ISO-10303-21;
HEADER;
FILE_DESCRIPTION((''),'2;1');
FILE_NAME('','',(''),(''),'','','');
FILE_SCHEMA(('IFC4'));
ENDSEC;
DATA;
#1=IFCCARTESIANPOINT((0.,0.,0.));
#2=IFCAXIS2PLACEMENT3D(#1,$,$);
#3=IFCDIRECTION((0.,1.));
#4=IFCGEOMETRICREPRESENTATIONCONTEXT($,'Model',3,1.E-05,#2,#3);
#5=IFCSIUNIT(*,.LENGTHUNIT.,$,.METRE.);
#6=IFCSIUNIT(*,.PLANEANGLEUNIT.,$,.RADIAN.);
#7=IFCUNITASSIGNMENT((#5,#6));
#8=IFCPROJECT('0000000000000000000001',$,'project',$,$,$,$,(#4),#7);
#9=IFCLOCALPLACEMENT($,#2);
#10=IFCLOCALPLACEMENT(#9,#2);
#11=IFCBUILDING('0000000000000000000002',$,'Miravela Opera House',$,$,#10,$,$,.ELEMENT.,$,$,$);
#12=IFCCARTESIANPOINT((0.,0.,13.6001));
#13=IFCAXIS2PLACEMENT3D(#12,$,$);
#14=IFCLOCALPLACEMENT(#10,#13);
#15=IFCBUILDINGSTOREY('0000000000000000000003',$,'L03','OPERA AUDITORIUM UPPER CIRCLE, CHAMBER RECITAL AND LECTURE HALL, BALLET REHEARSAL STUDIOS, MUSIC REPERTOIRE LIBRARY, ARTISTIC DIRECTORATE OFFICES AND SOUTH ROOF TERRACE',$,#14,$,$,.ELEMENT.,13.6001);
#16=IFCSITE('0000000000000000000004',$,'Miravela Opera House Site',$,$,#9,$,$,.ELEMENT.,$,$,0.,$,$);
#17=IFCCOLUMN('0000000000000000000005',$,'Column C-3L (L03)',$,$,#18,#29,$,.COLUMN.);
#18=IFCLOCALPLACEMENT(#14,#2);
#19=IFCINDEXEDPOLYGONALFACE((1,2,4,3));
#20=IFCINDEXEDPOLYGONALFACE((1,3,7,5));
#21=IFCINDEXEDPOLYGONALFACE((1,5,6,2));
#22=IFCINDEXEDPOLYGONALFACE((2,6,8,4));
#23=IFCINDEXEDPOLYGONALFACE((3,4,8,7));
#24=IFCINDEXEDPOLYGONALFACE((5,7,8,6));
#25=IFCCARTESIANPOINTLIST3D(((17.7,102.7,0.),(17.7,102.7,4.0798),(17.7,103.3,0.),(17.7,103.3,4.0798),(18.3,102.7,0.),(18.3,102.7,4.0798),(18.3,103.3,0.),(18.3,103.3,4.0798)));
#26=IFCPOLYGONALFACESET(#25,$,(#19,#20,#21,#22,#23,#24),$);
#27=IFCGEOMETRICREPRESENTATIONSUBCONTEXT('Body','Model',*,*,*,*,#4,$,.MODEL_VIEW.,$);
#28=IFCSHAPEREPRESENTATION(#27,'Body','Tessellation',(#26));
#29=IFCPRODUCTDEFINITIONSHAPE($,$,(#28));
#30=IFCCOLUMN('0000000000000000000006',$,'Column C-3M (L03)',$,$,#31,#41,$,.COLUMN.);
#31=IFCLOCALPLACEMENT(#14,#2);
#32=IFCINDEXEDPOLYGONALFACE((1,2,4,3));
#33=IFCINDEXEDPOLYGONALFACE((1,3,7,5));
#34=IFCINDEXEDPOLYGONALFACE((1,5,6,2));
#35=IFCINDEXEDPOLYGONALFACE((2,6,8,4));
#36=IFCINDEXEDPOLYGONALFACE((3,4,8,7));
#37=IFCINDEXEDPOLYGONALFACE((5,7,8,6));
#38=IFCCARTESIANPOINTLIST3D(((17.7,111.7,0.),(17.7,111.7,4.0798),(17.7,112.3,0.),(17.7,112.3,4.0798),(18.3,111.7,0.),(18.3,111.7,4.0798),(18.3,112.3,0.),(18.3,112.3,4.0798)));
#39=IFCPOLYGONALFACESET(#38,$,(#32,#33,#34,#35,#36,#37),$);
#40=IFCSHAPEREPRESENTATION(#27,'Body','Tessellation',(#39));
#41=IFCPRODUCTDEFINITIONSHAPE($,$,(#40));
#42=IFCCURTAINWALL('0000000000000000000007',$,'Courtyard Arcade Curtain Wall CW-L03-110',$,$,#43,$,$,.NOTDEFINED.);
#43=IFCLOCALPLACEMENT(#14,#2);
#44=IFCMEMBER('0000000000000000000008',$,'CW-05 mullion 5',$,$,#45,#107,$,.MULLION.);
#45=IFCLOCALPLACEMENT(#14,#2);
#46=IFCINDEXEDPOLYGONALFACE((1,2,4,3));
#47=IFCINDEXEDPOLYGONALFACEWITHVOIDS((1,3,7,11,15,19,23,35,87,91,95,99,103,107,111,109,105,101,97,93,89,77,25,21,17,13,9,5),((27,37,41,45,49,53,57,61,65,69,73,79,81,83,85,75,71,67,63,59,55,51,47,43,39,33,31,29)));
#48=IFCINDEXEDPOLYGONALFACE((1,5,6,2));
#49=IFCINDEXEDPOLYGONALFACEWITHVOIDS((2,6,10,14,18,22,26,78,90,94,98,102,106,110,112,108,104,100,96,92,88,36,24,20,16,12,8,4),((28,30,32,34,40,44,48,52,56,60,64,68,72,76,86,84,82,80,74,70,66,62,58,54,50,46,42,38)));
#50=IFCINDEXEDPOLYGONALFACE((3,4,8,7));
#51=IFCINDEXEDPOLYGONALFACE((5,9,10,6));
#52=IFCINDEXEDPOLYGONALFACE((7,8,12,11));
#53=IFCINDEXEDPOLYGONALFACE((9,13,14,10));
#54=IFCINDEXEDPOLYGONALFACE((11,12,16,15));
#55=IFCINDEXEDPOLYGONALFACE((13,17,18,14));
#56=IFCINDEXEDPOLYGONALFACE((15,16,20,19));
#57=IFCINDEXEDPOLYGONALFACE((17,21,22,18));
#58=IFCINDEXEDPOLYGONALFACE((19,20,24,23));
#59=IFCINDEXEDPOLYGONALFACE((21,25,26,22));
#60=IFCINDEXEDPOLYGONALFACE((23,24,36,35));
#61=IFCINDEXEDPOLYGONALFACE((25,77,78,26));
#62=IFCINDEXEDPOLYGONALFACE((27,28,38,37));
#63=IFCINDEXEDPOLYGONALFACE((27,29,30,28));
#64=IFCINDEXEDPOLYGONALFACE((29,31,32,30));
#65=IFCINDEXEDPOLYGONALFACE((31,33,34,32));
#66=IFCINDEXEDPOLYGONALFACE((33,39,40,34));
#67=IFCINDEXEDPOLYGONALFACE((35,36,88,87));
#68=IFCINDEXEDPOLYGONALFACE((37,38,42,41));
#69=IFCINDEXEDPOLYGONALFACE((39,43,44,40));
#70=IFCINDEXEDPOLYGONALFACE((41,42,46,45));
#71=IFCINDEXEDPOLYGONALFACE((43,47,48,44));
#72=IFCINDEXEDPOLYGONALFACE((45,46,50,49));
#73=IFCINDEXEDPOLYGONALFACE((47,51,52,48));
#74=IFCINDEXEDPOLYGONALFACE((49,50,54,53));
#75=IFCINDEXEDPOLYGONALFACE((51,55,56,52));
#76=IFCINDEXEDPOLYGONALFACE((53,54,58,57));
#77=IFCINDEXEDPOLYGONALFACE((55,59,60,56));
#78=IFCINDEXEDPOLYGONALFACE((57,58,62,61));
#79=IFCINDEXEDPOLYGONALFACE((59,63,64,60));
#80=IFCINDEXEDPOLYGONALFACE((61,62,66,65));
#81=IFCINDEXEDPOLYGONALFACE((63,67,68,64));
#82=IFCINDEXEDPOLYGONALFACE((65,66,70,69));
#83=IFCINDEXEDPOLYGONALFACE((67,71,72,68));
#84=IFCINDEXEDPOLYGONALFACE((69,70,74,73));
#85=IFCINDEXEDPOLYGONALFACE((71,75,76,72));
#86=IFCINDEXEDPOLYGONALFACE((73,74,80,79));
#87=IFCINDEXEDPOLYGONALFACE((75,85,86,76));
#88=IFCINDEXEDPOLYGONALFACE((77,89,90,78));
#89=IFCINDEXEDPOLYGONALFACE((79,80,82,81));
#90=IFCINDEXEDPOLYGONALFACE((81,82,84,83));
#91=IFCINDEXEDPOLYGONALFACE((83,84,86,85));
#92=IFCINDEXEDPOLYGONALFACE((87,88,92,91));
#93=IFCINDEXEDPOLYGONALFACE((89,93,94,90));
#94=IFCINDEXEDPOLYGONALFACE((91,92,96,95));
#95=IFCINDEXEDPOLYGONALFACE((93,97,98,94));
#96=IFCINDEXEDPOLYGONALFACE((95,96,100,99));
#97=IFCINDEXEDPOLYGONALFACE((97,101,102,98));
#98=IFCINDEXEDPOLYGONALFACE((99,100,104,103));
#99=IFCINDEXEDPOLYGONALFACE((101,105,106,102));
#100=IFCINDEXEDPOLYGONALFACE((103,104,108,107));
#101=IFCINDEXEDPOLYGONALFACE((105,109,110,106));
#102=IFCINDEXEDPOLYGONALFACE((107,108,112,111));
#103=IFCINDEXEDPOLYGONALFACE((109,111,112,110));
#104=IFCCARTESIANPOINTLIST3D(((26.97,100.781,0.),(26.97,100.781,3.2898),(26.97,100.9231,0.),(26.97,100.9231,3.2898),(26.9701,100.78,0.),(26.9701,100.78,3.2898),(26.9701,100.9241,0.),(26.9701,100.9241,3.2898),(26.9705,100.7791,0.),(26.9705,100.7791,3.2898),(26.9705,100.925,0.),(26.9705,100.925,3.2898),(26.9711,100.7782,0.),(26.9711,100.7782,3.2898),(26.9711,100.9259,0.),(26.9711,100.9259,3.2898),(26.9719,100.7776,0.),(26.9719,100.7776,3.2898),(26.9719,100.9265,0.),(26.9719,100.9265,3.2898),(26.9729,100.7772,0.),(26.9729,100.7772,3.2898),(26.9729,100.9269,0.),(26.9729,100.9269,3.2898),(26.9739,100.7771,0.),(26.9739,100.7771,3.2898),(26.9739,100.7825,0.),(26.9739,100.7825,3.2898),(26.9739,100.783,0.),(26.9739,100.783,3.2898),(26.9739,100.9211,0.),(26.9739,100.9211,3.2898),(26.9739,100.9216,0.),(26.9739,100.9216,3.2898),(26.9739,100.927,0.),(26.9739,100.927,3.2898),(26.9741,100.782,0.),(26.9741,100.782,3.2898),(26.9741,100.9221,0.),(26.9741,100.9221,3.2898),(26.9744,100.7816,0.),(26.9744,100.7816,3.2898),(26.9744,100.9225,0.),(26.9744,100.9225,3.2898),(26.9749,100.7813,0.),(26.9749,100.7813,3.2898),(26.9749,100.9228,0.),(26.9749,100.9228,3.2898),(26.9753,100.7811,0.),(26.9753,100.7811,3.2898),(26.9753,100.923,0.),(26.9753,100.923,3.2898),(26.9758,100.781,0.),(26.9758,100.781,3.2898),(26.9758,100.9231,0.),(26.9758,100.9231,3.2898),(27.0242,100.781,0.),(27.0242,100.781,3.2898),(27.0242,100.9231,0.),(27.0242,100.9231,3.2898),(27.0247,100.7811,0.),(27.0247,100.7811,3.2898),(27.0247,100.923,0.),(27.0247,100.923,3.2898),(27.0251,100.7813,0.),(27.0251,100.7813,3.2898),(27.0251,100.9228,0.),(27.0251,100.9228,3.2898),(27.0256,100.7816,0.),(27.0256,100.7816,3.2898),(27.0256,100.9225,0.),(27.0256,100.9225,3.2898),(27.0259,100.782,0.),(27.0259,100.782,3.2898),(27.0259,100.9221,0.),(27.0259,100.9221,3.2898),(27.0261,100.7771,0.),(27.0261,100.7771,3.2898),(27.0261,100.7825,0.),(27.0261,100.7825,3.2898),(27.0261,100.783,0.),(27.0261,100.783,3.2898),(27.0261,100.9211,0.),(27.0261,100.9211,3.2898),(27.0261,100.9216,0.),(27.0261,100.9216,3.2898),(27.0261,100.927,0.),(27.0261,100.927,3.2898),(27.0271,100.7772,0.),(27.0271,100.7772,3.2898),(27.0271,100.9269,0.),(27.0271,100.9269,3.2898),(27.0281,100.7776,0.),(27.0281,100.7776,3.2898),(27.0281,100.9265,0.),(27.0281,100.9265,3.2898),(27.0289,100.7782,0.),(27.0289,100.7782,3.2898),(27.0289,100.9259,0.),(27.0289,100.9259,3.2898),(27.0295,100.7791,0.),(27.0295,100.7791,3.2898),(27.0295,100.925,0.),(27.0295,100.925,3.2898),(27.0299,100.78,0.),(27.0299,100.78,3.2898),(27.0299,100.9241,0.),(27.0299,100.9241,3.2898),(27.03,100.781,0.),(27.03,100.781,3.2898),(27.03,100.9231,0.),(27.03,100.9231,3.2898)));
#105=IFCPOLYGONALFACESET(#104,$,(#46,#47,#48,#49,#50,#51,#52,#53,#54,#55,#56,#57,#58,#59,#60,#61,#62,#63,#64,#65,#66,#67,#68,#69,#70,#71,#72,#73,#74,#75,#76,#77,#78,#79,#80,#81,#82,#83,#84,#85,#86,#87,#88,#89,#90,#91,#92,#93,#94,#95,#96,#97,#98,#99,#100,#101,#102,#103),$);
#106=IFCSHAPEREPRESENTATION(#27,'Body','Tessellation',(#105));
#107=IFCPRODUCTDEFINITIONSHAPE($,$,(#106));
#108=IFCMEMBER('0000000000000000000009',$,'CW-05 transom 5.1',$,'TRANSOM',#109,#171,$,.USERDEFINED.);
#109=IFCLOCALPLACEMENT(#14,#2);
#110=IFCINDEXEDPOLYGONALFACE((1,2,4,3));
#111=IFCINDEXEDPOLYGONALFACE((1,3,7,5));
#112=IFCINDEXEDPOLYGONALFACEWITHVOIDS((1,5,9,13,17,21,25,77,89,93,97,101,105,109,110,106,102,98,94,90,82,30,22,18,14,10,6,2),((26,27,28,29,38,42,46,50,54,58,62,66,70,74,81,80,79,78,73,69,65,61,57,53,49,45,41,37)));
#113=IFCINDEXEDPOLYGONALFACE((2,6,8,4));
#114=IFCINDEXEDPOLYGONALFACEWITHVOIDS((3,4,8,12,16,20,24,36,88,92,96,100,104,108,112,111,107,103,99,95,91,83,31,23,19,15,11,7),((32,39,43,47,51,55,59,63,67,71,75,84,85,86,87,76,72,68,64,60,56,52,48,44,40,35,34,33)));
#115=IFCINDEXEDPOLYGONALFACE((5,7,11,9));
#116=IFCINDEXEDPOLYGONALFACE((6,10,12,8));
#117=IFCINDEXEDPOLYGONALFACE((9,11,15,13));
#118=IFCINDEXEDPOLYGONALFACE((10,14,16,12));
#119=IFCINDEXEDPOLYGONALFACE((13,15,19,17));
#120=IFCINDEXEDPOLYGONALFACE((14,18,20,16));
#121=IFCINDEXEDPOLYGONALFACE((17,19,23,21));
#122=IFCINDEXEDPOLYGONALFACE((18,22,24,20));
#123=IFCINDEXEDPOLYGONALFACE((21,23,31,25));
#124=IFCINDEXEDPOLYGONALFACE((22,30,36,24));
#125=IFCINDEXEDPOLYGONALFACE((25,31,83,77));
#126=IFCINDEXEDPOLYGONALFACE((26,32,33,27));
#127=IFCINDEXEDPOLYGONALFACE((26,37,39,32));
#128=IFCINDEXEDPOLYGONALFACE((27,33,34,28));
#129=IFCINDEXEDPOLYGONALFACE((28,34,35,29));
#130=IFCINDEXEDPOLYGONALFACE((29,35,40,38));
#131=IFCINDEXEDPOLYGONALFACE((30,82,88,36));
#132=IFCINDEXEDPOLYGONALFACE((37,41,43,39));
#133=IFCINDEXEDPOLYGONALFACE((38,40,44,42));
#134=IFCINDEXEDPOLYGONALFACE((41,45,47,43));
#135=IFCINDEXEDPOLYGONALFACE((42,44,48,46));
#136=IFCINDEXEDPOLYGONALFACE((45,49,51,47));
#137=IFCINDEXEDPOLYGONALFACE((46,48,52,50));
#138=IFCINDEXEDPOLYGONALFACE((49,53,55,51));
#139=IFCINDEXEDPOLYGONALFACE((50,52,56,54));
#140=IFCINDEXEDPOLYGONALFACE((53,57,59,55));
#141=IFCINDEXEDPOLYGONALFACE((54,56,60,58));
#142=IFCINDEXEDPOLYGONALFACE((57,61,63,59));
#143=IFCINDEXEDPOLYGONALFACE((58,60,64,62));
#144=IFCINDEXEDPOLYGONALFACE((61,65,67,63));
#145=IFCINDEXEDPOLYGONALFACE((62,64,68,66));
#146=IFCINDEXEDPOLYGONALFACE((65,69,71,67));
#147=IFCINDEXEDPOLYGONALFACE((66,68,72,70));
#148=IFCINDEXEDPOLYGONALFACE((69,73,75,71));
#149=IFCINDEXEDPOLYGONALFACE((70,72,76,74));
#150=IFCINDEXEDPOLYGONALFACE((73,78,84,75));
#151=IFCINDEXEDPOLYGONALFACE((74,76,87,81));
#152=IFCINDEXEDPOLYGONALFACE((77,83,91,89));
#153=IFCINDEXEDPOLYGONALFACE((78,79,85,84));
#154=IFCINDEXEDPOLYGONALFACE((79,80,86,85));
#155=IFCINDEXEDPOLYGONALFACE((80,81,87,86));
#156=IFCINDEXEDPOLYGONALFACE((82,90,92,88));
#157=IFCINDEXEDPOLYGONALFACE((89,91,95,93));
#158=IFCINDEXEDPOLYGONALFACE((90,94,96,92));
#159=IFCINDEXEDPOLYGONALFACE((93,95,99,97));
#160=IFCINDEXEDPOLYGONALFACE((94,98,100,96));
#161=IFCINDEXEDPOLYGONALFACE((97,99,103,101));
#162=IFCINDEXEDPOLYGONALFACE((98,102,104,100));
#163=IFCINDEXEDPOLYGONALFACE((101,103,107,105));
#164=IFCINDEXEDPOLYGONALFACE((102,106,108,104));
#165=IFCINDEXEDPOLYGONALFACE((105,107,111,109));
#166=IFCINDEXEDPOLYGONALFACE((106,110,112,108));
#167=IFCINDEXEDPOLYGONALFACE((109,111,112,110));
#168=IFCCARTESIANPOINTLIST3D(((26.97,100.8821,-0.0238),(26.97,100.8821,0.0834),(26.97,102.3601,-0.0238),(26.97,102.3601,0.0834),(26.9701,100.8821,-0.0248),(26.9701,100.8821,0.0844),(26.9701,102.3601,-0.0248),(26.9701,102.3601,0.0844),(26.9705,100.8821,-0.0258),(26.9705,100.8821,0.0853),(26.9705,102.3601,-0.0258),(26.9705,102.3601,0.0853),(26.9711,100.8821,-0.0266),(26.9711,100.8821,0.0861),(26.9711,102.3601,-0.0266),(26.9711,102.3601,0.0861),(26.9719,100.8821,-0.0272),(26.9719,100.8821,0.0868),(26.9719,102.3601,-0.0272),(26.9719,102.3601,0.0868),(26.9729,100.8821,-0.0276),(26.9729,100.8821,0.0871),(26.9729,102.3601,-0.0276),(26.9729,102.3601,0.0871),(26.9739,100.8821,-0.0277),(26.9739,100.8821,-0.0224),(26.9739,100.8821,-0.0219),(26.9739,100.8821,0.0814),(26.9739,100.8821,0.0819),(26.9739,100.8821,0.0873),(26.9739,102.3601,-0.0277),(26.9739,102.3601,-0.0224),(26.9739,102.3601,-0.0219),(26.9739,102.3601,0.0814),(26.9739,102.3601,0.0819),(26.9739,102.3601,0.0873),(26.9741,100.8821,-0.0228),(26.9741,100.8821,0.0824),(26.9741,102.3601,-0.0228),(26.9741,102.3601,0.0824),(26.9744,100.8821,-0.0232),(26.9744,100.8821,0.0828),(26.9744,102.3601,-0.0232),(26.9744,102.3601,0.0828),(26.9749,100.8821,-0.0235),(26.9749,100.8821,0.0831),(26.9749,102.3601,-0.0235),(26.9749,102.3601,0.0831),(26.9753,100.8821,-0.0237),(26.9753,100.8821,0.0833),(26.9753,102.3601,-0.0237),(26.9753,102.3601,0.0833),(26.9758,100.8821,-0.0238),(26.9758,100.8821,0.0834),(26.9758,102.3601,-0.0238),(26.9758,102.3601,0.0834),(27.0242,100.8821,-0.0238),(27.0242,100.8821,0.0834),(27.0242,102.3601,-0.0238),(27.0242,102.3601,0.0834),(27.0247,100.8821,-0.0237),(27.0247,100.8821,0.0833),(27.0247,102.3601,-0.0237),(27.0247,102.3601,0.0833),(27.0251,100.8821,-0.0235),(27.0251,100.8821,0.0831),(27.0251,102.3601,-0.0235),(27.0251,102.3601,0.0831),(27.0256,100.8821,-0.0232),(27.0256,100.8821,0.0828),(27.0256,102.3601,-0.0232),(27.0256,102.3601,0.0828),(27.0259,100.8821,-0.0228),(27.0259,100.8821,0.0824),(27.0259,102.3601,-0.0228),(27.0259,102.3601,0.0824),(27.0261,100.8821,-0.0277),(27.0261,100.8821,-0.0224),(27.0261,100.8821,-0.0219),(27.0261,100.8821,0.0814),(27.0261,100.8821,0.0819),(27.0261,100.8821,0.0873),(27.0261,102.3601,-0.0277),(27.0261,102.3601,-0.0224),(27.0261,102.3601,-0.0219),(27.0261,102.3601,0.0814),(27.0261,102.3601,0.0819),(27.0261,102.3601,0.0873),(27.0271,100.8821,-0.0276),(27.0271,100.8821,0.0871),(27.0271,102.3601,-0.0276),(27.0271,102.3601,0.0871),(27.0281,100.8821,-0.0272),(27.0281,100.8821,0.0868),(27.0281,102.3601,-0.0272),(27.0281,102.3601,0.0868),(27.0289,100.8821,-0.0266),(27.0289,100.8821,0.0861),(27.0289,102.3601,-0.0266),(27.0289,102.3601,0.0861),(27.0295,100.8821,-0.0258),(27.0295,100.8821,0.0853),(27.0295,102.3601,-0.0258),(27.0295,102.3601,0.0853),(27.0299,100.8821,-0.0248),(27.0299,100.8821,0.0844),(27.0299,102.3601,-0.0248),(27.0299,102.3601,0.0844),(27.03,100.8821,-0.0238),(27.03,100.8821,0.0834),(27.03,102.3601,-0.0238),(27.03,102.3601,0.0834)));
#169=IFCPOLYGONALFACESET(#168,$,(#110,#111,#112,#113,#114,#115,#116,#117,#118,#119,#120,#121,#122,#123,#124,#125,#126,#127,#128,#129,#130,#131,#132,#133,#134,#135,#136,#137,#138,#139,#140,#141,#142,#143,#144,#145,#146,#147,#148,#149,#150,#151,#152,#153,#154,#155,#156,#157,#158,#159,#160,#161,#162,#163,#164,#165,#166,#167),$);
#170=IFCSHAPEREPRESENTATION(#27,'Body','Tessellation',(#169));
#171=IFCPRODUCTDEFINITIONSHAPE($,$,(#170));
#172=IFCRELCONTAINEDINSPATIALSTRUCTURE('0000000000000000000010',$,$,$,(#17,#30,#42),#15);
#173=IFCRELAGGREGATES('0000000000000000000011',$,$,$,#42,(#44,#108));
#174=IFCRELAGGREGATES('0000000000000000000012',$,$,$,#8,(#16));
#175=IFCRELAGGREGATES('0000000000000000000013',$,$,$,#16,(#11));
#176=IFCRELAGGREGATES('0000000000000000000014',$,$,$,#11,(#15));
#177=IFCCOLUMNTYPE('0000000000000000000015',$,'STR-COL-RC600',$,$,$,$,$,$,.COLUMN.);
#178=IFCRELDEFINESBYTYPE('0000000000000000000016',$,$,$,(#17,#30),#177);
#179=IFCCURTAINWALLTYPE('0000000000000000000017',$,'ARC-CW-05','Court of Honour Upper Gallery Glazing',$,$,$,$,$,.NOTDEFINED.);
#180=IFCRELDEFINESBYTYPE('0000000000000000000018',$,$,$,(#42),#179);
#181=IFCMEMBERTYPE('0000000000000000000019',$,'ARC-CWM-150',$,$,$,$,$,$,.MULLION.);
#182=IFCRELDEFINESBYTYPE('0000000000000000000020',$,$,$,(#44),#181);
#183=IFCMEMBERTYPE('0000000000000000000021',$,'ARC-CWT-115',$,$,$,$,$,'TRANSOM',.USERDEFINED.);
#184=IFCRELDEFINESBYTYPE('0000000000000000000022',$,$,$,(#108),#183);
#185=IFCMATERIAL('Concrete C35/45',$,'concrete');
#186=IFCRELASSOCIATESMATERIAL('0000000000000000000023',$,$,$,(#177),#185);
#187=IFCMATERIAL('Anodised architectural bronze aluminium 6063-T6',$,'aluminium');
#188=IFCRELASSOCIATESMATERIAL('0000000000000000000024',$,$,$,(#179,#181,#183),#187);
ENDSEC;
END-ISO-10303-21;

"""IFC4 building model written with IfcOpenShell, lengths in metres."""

from ifc_helpers import new_model, si_unit, direction, frame, origin, origin_2d, place, context, subcontext, project, spatial, rectangle, hollow_rectangle, extrude, material, material_profile, profile_set, type_object, element, aggregate, save


model = new_model("IFC4")

# Units and contexts
model_context = context("Model", 3, precision=1e-05, world=origin(), true_north=direction((0.0, 1.0)))
body_context = subcontext(model_context, "Body", "Model", "MODEL_VIEW")
ifc_project = project(units=[si_unit("LENGTHUNIT", "METRE"), si_unit("PLANEANGLEUNIT", "RADIAN")], contexts=[model_context])

# Site, building, storey
site_placement = place(None, origin())
site = spatial("IfcSite", under=ifc_project, at=site_placement, Name="Miravela Opera House Site", CompositionType="ELEMENT", RefElevation=0.0)
building_placement = place(site_placement, origin())
building = spatial("IfcBuilding", under=site, at=building_placement, Name="Miravela Opera House", CompositionType="ELEMENT")
storey_placement = place(building_placement, frame((0.0, 0.0, 13.6001)))
storey = spatial("IfcBuildingStorey", under=building, at=storey_placement, Name="L03", Description="OPERA AUDITORIUM UPPER CIRCLE, CHAMBER RECITAL AND LECTURE HALL, BALLET REHEARSAL STUDIOS, MUSIC REPERTOIRE LIBRARY, ARTISTIC DIRECTORATE OFFICES AND SOUTH ROOF TERRACE", CompositionType="ELEMENT", Elevation=13.6001)

# Columns
ifc_material_1 = material(Name="Concrete C35/45", Category="concrete")
ifc_material_profile_1 = material_profile(ifc_material_1, rectangle(XDim=0.6001, YDim=0.6001, at=origin_2d()), Name="RC-COL-600X600")
ifc_profile_set_1 = profile_set([ifc_material_profile_1])
column_type = type_object("IfcColumnType", Name="STR-COL-RC600", PredefinedType="COLUMN", material=ifc_profile_set_1)
for number, where, z_axis, x_axis, name in (
    (1, (18.0, 103.0, 0.0), (0.0, 0.0, 1.0), (1.0, 0.0, 0.0), "Column C-3L (L03)"),
    (2, (18.0, 112.0, 0.0), (0.0, 0.0, 1.0), (1.0, 0.0, 0.0), "Column C-3M (L03)"),
):
    element("IfcColumn", number, at=place(storey_placement, frame(where, z_axis=z_axis, x_axis=x_axis)), inside=storey, type_object=column_type, Name=name, PredefinedType="COLUMN", context=body_context, shape_type="SweptSolid", body=[
        extrude(rectangle(XDim=0.6001, YDim=0.6001, at=origin_2d()), origin(), (0.0, 0.0, 1.0), 4.0798),
    ])

# Curtain wall, members
ifc_material_2 = material(Name="Anodised architectural bronze aluminium 6063-T6", Category="aluminium")
curtain_wall_type = type_object("IfcCurtainWallType", Name="ARC-CW-05", Description="Court of Honour Upper Gallery Glazing", PredefinedType="NOTDEFINED", material=ifc_material_2)
curtain_wall_placement = place(storey_placement, origin())
curtain_wall = element("IfcCurtainWall", 3, at=curtain_wall_placement, inside=storey, type_object=curtain_wall_type, Name="Courtyard Arcade Curtain Wall CW-L03-110", PredefinedType="NOTDEFINED")
ifc_material_profile_2 = material_profile(ifc_material_2, hollow_rectangle(XDim=0.0601, YDim=0.1499, WallThickness=0.0039, InnerFilletRadius=0.002, OuterFilletRadius=0.0039, at=origin_2d()), Name="CWM-60X150")
ifc_profile_set_2 = profile_set([ifc_material_profile_2])
member_type_1 = type_object("IfcMemberType", Name="ARC-CWM-150", PredefinedType="MULLION", material=ifc_profile_set_2)
member_1_placement = place(storey_placement, frame((27.0, 100.8521, 0.0), z_axis=(0.0, 0.0, 1.0), x_axis=(-1.0, 0.0, 0.0)))
member_1 = element("IfcMember", 4, at=member_1_placement, type_object=member_type_1, Name="CW-05 mullion 5", PredefinedType="MULLION", context=body_context, shape_type="SweptSolid", body=[
    extrude(hollow_rectangle(XDim=0.0601, YDim=0.1499, WallThickness=0.0039, InnerFilletRadius=0.002, OuterFilletRadius=0.0039, at=origin_2d()), origin(), (0.0, 0.0, 1.0), 3.2898),
])
ifc_material_profile_3 = material_profile(ifc_material_2, hollow_rectangle(XDim=0.0601, YDim=0.115, WallThickness=0.0039, InnerFilletRadius=0.002, OuterFilletRadius=0.0039, at=origin_2d()), Name="CWT-60X115")
ifc_profile_set_3 = profile_set([ifc_material_profile_3])
member_type_2 = type_object("IfcMemberType", Name="ARC-CWT-115", ElementType="TRANSOM", PredefinedType="USERDEFINED", material=ifc_profile_set_3)
member_2_placement = place(storey_placement, frame((27.0, 100.8821, 0.0298), z_axis=(0.0, 1.0, 0.0), x_axis=(-1.0, 0.0, 0.0)))
member_2 = element("IfcMember", 5, at=member_2_placement, type_object=member_type_2, Name="CW-05 transom 5.1", ObjectType="TRANSOM", PredefinedType="USERDEFINED", context=body_context, shape_type="SweptSolid", body=[
    extrude(hollow_rectangle(XDim=0.0601, YDim=0.115, WallThickness=0.0039, InnerFilletRadius=0.002, OuterFilletRadius=0.0039, at=origin_2d()), origin(), (0.0, 0.0, 1.0), 1.478),
])

aggregate(curtain_wall, [member_1, member_2])

save(model, "model.ifc")
